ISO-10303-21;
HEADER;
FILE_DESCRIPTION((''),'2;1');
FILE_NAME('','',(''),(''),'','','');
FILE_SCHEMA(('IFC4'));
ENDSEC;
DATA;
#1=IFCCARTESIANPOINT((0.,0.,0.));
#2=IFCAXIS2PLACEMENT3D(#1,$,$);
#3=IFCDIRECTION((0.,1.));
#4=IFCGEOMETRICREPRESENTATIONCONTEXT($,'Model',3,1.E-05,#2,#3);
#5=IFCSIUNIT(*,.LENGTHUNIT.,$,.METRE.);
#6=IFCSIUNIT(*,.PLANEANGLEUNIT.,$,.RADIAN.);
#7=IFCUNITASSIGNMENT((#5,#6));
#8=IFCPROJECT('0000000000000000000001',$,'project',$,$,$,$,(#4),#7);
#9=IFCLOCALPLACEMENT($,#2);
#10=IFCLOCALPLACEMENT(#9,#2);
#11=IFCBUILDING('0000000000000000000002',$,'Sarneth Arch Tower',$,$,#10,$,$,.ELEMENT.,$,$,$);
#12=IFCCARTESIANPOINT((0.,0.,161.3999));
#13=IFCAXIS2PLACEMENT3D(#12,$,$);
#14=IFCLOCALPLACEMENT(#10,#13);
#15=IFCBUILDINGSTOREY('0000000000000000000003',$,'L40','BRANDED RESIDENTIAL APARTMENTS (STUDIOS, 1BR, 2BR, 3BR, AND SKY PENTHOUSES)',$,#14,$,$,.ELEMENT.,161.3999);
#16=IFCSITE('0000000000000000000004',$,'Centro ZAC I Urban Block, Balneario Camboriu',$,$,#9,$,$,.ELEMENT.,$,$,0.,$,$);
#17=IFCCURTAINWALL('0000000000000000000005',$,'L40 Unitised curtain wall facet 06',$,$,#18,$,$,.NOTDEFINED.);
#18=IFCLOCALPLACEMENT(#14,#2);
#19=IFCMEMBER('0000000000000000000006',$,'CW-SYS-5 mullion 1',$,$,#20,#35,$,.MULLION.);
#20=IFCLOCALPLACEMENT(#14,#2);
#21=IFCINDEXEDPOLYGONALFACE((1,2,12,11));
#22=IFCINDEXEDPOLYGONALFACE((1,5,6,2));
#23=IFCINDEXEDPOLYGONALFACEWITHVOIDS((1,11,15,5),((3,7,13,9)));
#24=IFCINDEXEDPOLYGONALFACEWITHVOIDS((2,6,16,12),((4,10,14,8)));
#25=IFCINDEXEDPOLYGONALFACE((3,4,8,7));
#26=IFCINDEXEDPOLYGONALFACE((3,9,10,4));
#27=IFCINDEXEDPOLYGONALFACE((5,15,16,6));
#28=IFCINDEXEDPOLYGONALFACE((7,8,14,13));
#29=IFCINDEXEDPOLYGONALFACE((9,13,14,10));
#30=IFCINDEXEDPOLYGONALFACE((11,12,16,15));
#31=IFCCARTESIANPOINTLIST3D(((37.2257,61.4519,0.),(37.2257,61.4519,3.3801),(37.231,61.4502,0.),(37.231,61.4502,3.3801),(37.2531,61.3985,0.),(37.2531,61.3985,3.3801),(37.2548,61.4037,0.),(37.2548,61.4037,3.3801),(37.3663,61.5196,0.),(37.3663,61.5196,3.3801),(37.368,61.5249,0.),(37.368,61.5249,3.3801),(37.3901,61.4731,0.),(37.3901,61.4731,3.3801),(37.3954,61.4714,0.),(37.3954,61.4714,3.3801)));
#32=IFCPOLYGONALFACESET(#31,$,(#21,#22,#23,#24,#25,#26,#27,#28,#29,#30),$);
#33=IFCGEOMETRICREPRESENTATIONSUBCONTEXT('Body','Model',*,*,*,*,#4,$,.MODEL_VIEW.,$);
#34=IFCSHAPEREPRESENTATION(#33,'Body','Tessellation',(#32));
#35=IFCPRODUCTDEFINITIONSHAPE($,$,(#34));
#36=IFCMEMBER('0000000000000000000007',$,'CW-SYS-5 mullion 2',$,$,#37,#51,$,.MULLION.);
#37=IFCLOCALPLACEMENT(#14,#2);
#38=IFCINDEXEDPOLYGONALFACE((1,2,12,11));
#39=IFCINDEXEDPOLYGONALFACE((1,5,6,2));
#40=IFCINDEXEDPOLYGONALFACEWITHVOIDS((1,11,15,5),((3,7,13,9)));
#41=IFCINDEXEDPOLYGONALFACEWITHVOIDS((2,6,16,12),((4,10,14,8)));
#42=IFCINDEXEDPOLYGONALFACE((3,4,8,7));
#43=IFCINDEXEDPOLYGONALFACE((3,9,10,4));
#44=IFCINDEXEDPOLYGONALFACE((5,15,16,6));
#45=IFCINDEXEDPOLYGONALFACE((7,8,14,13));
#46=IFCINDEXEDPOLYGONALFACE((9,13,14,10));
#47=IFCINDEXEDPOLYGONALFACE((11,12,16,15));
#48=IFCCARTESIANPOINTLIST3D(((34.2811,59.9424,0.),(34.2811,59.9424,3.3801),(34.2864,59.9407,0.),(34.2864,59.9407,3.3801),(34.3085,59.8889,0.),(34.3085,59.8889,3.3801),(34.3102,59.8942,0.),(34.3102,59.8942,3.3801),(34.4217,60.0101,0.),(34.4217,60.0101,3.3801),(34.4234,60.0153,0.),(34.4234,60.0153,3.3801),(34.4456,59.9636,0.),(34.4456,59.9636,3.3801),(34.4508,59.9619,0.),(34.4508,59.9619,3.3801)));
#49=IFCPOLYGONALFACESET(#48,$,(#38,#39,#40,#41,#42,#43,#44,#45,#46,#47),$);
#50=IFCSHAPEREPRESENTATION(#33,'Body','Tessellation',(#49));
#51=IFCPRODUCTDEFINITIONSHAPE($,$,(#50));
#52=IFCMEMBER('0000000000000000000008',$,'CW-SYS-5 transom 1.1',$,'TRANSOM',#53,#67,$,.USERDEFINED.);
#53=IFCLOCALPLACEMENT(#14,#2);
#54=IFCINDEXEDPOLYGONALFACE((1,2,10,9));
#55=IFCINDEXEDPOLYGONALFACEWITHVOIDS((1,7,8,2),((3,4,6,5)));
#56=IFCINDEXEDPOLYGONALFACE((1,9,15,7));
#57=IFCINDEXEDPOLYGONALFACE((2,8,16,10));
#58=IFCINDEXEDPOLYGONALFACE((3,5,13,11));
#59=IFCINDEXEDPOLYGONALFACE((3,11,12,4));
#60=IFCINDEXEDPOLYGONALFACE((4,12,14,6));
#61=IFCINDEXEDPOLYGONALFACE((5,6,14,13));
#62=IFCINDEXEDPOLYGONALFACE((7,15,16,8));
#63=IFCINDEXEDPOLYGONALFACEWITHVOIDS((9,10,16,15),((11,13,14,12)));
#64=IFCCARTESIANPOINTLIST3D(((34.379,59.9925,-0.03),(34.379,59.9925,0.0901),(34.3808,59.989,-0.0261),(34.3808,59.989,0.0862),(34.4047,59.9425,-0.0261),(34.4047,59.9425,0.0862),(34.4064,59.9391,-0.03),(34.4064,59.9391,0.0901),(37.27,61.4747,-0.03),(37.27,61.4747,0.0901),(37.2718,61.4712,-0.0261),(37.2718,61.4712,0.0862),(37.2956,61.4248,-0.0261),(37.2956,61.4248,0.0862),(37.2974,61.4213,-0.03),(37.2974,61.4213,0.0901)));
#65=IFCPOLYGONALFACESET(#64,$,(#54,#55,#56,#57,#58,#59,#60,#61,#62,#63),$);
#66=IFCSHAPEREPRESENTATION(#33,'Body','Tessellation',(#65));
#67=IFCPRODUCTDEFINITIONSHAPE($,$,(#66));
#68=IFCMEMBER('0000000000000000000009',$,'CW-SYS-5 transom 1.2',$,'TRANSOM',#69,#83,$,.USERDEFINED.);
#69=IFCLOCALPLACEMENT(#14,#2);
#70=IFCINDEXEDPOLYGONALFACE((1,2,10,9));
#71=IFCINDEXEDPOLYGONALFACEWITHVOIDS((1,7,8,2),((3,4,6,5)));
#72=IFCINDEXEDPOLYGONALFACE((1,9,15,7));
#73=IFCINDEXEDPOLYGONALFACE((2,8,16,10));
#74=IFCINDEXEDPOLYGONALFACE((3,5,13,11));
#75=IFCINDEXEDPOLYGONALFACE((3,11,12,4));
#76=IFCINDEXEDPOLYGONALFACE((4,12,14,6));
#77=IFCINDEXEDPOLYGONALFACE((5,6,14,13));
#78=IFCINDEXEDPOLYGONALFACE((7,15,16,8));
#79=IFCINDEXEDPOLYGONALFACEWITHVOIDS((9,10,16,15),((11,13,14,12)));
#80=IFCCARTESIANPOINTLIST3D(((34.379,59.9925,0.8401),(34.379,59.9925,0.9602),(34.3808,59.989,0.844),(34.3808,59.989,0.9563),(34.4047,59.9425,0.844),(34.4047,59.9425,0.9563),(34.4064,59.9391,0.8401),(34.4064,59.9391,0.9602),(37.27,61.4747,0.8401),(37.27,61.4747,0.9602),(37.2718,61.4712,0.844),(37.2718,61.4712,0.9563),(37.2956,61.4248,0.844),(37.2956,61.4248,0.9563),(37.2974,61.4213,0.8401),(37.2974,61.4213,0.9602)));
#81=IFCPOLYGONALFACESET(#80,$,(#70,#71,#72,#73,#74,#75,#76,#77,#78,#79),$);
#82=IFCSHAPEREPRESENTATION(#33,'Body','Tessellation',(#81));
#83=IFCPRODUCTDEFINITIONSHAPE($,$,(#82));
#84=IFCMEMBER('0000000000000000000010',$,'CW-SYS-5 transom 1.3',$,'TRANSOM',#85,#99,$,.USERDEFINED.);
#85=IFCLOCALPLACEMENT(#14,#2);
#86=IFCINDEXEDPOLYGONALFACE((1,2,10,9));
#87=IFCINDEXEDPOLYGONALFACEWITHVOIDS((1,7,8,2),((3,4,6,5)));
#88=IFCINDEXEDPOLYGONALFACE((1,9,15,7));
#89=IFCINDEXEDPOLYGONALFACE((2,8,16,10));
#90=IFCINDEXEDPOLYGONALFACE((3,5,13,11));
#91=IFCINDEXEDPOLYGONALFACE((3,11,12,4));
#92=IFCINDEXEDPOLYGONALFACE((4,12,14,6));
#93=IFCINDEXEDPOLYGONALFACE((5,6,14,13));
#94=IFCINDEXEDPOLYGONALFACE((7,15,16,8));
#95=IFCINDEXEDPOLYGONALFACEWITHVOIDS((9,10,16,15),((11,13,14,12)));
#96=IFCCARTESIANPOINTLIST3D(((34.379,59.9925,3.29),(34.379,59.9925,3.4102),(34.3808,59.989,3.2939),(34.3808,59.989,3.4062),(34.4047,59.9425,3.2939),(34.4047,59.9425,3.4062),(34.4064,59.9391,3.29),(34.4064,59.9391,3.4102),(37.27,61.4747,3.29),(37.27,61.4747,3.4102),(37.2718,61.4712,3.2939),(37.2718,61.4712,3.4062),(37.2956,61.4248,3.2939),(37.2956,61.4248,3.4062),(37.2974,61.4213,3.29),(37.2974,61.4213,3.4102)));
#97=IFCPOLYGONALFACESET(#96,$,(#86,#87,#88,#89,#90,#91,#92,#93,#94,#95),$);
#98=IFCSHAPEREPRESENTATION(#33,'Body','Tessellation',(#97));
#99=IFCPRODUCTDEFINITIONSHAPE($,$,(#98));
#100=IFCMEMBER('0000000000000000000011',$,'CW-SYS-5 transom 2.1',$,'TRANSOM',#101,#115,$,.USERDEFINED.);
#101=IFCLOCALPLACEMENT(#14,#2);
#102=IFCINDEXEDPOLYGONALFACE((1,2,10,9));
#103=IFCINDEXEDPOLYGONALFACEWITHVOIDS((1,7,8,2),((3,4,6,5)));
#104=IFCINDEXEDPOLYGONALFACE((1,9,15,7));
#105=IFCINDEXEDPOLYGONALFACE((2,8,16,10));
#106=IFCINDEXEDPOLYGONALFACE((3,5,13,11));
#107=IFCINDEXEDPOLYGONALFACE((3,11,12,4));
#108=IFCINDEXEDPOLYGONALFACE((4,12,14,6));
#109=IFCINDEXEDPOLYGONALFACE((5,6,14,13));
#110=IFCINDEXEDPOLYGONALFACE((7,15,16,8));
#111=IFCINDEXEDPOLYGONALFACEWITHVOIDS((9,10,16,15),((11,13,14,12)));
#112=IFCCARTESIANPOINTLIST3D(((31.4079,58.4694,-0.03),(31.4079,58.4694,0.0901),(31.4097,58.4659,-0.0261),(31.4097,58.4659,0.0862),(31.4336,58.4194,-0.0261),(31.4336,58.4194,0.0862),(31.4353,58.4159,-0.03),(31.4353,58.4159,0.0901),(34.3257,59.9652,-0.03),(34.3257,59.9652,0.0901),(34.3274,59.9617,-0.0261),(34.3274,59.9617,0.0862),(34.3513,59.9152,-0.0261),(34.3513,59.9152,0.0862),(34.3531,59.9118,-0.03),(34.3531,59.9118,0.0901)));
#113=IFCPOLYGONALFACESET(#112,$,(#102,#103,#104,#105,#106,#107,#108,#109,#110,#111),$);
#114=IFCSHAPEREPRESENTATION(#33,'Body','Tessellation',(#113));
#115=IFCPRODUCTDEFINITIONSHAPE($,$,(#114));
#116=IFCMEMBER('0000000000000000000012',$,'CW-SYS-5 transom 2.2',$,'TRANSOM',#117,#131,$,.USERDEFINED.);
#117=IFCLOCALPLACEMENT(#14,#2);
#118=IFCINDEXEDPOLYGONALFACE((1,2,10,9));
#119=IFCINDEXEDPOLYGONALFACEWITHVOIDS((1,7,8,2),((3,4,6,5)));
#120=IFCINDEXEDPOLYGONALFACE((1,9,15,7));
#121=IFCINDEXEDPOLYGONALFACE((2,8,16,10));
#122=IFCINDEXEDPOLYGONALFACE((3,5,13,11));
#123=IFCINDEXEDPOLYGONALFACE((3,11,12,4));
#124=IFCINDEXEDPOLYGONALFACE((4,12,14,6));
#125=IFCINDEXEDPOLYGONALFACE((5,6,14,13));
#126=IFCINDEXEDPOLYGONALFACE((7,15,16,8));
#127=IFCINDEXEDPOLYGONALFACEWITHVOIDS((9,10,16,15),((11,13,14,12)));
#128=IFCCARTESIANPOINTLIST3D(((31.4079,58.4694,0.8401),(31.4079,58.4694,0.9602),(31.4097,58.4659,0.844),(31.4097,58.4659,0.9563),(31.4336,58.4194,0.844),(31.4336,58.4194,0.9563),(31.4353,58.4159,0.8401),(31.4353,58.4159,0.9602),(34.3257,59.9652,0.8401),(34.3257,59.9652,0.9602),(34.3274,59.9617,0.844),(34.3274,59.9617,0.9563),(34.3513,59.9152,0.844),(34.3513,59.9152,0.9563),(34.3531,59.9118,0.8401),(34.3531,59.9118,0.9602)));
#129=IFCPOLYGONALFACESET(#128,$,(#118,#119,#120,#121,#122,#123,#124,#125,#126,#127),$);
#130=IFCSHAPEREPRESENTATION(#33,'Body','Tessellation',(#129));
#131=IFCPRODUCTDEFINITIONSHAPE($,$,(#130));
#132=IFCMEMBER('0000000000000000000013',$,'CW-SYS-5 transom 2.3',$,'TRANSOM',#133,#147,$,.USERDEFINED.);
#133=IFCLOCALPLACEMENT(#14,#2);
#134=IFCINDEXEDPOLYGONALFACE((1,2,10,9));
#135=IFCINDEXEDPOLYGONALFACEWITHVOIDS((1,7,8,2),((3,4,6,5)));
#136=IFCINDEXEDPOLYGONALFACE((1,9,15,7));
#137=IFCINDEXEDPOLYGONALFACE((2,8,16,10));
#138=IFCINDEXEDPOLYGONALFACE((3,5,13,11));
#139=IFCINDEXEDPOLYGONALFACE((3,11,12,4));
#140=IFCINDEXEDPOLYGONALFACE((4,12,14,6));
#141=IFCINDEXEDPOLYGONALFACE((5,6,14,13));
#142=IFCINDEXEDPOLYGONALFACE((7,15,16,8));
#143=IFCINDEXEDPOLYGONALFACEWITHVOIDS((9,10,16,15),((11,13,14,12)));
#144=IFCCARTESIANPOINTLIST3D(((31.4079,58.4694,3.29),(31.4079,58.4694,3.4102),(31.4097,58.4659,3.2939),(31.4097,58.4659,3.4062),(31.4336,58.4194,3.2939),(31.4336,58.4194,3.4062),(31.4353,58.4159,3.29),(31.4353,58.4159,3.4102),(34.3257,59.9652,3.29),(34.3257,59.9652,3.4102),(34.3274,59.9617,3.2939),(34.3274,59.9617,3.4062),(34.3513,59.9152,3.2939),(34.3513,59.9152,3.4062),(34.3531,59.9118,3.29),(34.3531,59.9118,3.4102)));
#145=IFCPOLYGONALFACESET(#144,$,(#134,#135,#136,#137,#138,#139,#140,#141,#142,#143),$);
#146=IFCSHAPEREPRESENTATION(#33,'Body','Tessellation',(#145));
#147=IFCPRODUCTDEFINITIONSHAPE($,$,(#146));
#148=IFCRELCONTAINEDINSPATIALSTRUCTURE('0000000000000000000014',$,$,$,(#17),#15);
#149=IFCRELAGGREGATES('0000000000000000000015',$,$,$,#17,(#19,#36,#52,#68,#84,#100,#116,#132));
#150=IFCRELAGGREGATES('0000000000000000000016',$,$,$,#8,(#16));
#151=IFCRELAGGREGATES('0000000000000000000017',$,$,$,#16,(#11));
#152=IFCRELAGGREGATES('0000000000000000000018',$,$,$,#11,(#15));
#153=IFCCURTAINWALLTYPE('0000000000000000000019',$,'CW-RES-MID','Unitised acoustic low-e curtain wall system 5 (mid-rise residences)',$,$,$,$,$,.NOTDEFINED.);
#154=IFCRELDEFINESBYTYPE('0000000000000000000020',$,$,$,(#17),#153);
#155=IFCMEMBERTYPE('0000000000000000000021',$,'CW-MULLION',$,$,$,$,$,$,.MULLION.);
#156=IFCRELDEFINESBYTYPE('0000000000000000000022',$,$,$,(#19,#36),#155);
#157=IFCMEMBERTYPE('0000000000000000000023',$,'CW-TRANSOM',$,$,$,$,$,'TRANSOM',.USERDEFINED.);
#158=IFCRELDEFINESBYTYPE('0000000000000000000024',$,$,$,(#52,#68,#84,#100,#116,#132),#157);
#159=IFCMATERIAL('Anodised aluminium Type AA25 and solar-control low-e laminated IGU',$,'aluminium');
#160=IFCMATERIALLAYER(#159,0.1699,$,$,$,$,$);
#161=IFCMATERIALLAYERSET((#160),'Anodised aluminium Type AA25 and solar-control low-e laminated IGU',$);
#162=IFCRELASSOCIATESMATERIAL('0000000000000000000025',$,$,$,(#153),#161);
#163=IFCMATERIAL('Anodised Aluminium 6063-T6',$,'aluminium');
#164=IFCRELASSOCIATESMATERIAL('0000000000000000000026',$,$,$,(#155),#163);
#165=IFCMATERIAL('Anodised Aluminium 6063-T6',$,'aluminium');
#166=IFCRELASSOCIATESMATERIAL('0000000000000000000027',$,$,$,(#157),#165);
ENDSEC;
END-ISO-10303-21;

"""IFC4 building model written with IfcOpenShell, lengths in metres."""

from ifc_helpers import new_model, si_unit, direction, frame, origin, origin_2d, place, context, subcontext, project, spatial, hollow_rectangle, extrude, material, layer, layer_set, material_profile, profile_set, type_object, element, aggregate, save


model = new_model("IFC4")

# Units and contexts
model_context = context("Model", 3, precision=1e-05, world=origin(), true_north=direction((0.0, 1.0)))
body_context = subcontext(model_context, "Body", "Model", "MODEL_VIEW")
ifc_project = project(units=[si_unit("LENGTHUNIT", "METRE"), si_unit("PLANEANGLEUNIT", "RADIAN")], contexts=[model_context])

# Site, building, storey
site_placement = place(None, origin())
site = spatial("IfcSite", under=ifc_project, at=site_placement, Name="Centro ZAC I Urban Block, Balneario Camboriu", CompositionType="ELEMENT", RefElevation=0.0)
building_placement = place(site_placement, origin())
building = spatial("IfcBuilding", under=site, at=building_placement, Name="Sarneth Arch Tower", CompositionType="ELEMENT")
storey_placement = place(building_placement, frame((0.0, 0.0, 161.3999)))
storey = spatial("IfcBuildingStorey", under=building, at=storey_placement, Name="L40", Description="BRANDED RESIDENTIAL APARTMENTS (STUDIOS, 1BR, 2BR, 3BR, AND SKY PENTHOUSES)", CompositionType="ELEMENT", Elevation=161.3999)

# Curtain wall, members
ifc_material_1 = material(Name="Anodised aluminium Type AA25 and solar-control low-e laminated IGU", Category="aluminium")
ifc_layer_1 = layer(ifc_material_1, 0.1699)
ifc_layer_set_1 = layer_set([ifc_layer_1], Name="Anodised aluminium Type AA25 and solar-control low-e laminated IGU")
curtain_wall_type = type_object("IfcCurtainWallType", Name="CW-RES-MID", Description="Unitised acoustic low-e curtain wall system 5 (mid-rise residences)", PredefinedType="NOTDEFINED", material=ifc_layer_set_1)
curtain_wall_placement = place(storey_placement, origin())
curtain_wall = element("IfcCurtainWall", 1, at=curtain_wall_placement, inside=storey, type_object=curtain_wall_type, Name="L40 Unitised curtain wall facet 06", PredefinedType="NOTDEFINED")
ifc_material_2 = material(Name="Anodised Aluminium 6063-T6", Category="aluminium")
ifc_material_profile_1 = material_profile(ifc_material_2, hollow_rectangle(XDim=0.0601, YDim=0.1599, WallThickness=0.0039, at=origin_2d()), Name="AL-MULL-160x60x4")
ifc_profile_set_1 = profile_set([ifc_material_profile_1], Name="Anodised Aluminium 6063-T6")
member_type_1 = type_object("IfcMemberType", Name="CW-MULLION", PredefinedType="MULLION", material=ifc_profile_set_1)
member_1_placement = place(storey_placement, frame((37.3105, 61.4617, 0.0), z_axis=(0.0, 0.0, 1.0), x_axis=(0.456208, -0.889873, 0.0)))
member_1 = element("IfcMember", 2, at=member_1_placement, type_object=member_type_1, Name="CW-SYS-5 mullion 1", PredefinedType="MULLION", context=body_context, shape_type="SweptSolid", body=[
    extrude(hollow_rectangle(XDim=0.0601, YDim=0.1599, WallThickness=0.0039, at=origin_2d()), origin(), (0.0, 0.0, 1.0), 3.3801),
])
member_2_placement = place(storey_placement, frame((34.366, 59.9521, 0.0), z_axis=(0.0, 0.0, 1.0), x_axis=(0.456208, -0.889873, 0.0)))
member_2 = element("IfcMember", 3, at=member_2_placement, type_object=member_type_1, Name="CW-SYS-5 mullion 2", PredefinedType="MULLION", context=body_context, shape_type="SweptSolid", body=[
    extrude(hollow_rectangle(XDim=0.0601, YDim=0.1599, WallThickness=0.0039, at=origin_2d()), origin(), (0.0, 0.0, 1.0), 3.3801),
])
ifc_material_3 = material(Name="Anodised Aluminium 6063-T6", Category="aluminium")
ifc_material_profile_2 = material_profile(ifc_material_3, hollow_rectangle(XDim=0.0601, YDim=0.1201, WallThickness=0.0039, at=origin_2d()), Name="AL-TRAN-120x60x4")
ifc_profile_set_2 = profile_set([ifc_material_profile_2], Name="Anodised Aluminium 6063-T6")
member_type_2 = type_object("IfcMemberType", Name="CW-TRANSOM", ElementType="TRANSOM", PredefinedType="USERDEFINED", material=ifc_profile_set_2)
member_3_placement = place(storey_placement, frame((37.2837, 61.448, 0.03), z_axis=(-0.889857, -0.456239, 0.0), x_axis=(0.456239, -0.889857, 0.0)))
member_3 = element("IfcMember", 4, at=member_3_placement, type_object=member_type_2, Name="CW-SYS-5 transom 1.1", ObjectType="TRANSOM", PredefinedType="USERDEFINED", context=body_context, shape_type="SweptSolid", body=[
    extrude(hollow_rectangle(XDim=0.0601, YDim=0.1201, WallThickness=0.0039, at=origin_2d()), origin(), (0.0, 0.0, 1.0), 3.2488),
])
member_4_placement = place(storey_placement, frame((37.2837, 61.448, 0.9001), z_axis=(-0.889857, -0.456239, 0.0), x_axis=(0.456239, -0.889857, 0.0)))
member_4 = element("IfcMember", 5, at=member_4_placement, type_object=member_type_2, Name="CW-SYS-5 transom 1.2", ObjectType="TRANSOM", PredefinedType="USERDEFINED", context=body_context, shape_type="SweptSolid", body=[
    extrude(hollow_rectangle(XDim=0.0601, YDim=0.1201, WallThickness=0.0039, at=origin_2d()), origin(), (0.0, 0.0, 1.0), 3.2488),
])
member_5_placement = place(storey_placement, frame((37.2837, 61.448, 3.3501), z_axis=(-0.889857, -0.456239, 0.0), x_axis=(0.456239, -0.889857, 0.0)))
member_5 = element("IfcMember", 6, at=member_5_placement, type_object=member_type_2, Name="CW-SYS-5 transom 1.3", ObjectType="TRANSOM", PredefinedType="USERDEFINED", context=body_context, shape_type="SweptSolid", body=[
    extrude(hollow_rectangle(XDim=0.0601, YDim=0.1201, WallThickness=0.0039, at=origin_2d()), origin(), (0.0, 0.0, 1.0), 3.2488),
])
member_6_placement = place(storey_placement, frame((34.3394, 59.9385, 0.03), z_axis=(-0.889869, -0.456215, 0.0), x_axis=(0.456215, -0.889869, 0.0)))
member_6 = element("IfcMember", 7, at=member_6_placement, type_object=member_type_2, Name="CW-SYS-5 transom 2.1", ObjectType="TRANSOM", PredefinedType="USERDEFINED", context=body_context, shape_type="SweptSolid", body=[
    extrude(hollow_rectangle(XDim=0.0601, YDim=0.1201, WallThickness=0.0039, at=origin_2d()), origin(), (0.0, 0.0, 1.0), 3.2788),
])
member_7_placement = place(storey_placement, frame((34.3394, 59.9385, 0.9001), z_axis=(-0.889869, -0.456215, 0.0), x_axis=(0.456215, -0.889869, 0.0)))
member_7 = element("IfcMember", 8, at=member_7_placement, type_object=member_type_2, Name="CW-SYS-5 transom 2.2", ObjectType="TRANSOM", PredefinedType="USERDEFINED", context=body_context, shape_type="SweptSolid", body=[
    extrude(hollow_rectangle(XDim=0.0601, YDim=0.1201, WallThickness=0.0039, at=origin_2d()), origin(), (0.0, 0.0, 1.0), 3.2788),
])
member_8_placement = place(storey_placement, frame((34.3394, 59.9385, 3.3501), z_axis=(-0.889869, -0.456215, 0.0), x_axis=(0.456215, -0.889869, 0.0)))
member_8 = element("IfcMember", 9, at=member_8_placement, type_object=member_type_2, Name="CW-SYS-5 transom 2.3", ObjectType="TRANSOM", PredefinedType="USERDEFINED", context=body_context, shape_type="SweptSolid", body=[
    extrude(hollow_rectangle(XDim=0.0601, YDim=0.1201, WallThickness=0.0039, at=origin_2d()), origin(), (0.0, 0.0, 1.0), 3.2788),
])

aggregate(curtain_wall, [member_1, member_2, member_3, member_4, member_5, member_6, member_7, member_8])

save(model, "model.ifc")
